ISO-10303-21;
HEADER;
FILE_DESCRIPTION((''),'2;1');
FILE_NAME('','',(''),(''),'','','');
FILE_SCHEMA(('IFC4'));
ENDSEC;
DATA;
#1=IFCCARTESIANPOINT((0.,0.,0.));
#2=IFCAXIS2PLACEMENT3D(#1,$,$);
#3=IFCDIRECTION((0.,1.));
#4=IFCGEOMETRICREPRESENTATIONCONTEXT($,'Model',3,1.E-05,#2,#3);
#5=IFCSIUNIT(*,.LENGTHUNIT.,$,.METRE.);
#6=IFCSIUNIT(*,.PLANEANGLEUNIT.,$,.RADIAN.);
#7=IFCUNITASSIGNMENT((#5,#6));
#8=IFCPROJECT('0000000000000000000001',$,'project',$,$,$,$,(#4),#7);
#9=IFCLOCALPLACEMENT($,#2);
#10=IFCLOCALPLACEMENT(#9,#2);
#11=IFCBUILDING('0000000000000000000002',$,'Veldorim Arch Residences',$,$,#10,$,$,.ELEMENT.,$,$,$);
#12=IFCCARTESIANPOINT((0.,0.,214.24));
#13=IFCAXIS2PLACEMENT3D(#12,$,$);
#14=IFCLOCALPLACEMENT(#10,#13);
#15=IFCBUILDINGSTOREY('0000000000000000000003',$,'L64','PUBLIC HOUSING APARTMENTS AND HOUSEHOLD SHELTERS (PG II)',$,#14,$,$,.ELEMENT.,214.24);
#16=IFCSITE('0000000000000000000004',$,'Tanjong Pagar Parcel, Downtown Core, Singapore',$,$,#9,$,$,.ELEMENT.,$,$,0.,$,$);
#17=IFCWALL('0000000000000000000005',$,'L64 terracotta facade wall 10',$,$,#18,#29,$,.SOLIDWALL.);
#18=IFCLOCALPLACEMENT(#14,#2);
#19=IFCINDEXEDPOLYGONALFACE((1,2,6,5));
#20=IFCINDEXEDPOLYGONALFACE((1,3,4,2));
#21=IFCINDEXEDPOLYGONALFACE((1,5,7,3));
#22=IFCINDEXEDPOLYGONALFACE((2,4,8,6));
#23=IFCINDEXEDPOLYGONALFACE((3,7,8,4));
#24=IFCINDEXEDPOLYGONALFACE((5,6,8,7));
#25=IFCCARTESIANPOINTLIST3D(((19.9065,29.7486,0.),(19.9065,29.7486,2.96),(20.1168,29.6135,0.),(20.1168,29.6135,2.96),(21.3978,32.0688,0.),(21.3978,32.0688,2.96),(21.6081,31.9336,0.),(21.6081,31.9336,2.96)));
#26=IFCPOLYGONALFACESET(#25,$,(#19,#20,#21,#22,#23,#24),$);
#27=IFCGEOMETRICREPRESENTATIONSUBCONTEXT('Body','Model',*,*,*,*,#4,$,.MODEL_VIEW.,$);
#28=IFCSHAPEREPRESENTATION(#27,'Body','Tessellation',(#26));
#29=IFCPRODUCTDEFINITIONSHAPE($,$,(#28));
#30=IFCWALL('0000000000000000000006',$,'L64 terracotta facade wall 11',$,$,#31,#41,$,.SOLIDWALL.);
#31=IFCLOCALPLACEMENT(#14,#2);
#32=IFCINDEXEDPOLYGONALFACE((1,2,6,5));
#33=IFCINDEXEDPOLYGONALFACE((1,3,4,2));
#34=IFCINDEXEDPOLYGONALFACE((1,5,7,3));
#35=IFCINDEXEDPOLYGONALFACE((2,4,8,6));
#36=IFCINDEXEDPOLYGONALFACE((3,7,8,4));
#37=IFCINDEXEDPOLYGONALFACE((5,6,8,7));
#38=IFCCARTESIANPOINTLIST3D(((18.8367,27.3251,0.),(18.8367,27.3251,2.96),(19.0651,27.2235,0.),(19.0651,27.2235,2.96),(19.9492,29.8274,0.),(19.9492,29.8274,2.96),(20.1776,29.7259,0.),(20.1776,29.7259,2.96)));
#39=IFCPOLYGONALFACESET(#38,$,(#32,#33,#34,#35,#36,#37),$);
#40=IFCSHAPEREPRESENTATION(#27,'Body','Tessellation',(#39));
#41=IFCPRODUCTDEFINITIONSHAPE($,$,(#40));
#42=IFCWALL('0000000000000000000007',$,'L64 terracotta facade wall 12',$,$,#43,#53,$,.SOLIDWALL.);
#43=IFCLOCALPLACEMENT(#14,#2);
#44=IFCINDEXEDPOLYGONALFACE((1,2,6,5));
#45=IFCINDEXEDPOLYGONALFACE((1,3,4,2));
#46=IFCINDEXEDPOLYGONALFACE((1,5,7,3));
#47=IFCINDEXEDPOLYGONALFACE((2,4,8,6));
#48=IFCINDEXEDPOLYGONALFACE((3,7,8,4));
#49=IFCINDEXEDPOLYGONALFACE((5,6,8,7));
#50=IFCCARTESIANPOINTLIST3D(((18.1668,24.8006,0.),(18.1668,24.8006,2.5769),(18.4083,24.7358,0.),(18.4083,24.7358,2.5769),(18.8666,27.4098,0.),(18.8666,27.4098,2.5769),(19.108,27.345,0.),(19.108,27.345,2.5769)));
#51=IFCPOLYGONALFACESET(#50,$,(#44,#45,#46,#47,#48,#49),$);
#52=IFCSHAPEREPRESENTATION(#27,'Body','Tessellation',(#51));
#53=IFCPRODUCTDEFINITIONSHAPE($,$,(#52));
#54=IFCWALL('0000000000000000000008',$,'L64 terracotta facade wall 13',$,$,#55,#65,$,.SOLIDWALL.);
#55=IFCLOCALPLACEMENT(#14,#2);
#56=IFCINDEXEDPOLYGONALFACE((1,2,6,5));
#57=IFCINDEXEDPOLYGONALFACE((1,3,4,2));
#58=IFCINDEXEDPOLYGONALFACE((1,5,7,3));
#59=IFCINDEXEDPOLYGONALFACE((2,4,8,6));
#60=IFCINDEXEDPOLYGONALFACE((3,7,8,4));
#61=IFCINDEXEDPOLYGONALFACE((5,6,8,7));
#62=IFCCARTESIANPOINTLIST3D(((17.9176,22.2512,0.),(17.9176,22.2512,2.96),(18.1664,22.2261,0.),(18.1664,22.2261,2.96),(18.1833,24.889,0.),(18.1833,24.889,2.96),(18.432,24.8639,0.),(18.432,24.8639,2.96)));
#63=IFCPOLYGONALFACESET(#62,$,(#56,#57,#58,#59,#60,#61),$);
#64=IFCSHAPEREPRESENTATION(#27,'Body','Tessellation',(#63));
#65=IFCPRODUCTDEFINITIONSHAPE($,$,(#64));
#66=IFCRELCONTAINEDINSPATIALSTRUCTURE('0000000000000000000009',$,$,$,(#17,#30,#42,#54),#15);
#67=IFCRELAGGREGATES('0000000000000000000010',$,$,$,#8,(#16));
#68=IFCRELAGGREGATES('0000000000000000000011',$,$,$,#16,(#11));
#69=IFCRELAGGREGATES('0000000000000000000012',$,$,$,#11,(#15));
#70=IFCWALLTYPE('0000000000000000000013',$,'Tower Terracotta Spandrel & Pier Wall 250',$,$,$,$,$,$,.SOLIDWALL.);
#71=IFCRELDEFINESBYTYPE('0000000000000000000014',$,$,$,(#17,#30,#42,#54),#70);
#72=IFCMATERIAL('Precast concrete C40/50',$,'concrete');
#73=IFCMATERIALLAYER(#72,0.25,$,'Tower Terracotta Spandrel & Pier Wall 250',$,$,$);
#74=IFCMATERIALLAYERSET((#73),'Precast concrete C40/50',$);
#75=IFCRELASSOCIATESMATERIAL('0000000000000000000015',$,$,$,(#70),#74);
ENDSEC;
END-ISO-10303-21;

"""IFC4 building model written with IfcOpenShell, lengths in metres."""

from ifc_helpers import new_model, si_unit, direction, frame, frame_2d, origin, place, context, subcontext, project, spatial, rectangle, extrude, material, layer, layer_set, type_object, element, save


model = new_model("IFC4")

# Units and contexts
model_context = context("Model", 3, precision=1e-05, world=origin(), true_north=direction((0.0, 1.0)))
body_context = subcontext(model_context, "Body", "Model", "MODEL_VIEW")
ifc_project = project(units=[si_unit("LENGTHUNIT", "METRE"), si_unit("PLANEANGLEUNIT", "RADIAN")], contexts=[model_context])

# Site, building, storey
site_placement = place(None, origin())
site = spatial("IfcSite", under=ifc_project, at=site_placement, Name="Tanjong Pagar Parcel, Downtown Core, Singapore", CompositionType="ELEMENT", RefElevation=0.0)
building_placement = place(site_placement, origin())
building = spatial("IfcBuilding", under=site, at=building_placement, Name="Veldorim Arch Residences", CompositionType="ELEMENT")
storey_placement = place(building_placement, frame((0.0, 0.0, 214.24)))
storey = spatial("IfcBuildingStorey", under=building, at=storey_placement, Name="L64", Description="PUBLIC HOUSING APARTMENTS AND HOUSEHOLD SHELTERS (PG II)", CompositionType="ELEMENT", Elevation=214.24)

# Walls
ifc_material_1 = material(Name="Precast concrete C40/50", Category="concrete")
ifc_layer_1 = layer(ifc_material_1, 0.25, Name="Tower Terracotta Spandrel & Pier Wall 250")
ifc_layer_set_1 = layer_set([ifc_layer_1], Name="Precast concrete C40/50")
wall_type_1 = type_object("IfcWallType", Name="Tower Terracotta Spandrel & Pier Wall 250", PredefinedType="SOLIDWALL", material=ifc_layer_set_1)
wall_1_placement = place(storey_placement, frame((20.0117, 29.6812, 0.0), z_axis=(0.0, 0.0, 1.0), x_axis=(0.54069, 0.841222, 0.0)))
element("IfcWall", 1, at=wall_1_placement, inside=storey, type_object=wall_type_1, Name="L64 terracotta facade wall 10", PredefinedType="SOLIDWALL", context=body_context, shape_type="SweptSolid", body=[
    extrude(rectangle(XDim=2.7581, YDim=0.25, at=frame_2d((1.3789, 0.0))), origin(), (0.0, 0.0, 1.0), 2.96),
])
wall_2_placement = place(storey_placement, frame((18.9509, 27.2744, 0.0), z_axis=(0.0, 0.0, 1.0), x_axis=(0.406246, 0.913764, 0.0)))
element("IfcWall", 2, at=wall_2_placement, inside=storey, type_object=wall_type_1, Name="L64 terracotta facade wall 11", PredefinedType="SOLIDWALL", context=body_context, shape_type="SweptSolid", body=[
    extrude(rectangle(XDim=2.7385, YDim=0.25, at=frame_2d((1.3691, 0.0))), origin(), (0.0, 0.0, 1.0), 2.96),
])
wall_3_placement = place(storey_placement, frame((18.2876, 24.7683, 0.0), z_axis=(0.0, 0.0, 1.0), x_axis=(0.259024, 0.965871, 0.0)))
element("IfcWall", 3, at=wall_3_placement, inside=storey, type_object=wall_type_1, Name="L64 terracotta facade wall 12", PredefinedType="SOLIDWALL", context=body_context, shape_type="SweptSolid", body=[
    extrude(rectangle(XDim=2.7014, YDim=0.25, at=frame_2d((1.3506, 0.0))), origin(), (0.0, 0.0, 1.0), 2.5769),
])
wall_4_placement = place(storey_placement, frame((18.042, 22.2385, 0.0), z_axis=(0.0, 0.0, 1.0), x_axis=(0.100197, 0.994968, 0.0)))
element("IfcWall", 4, at=wall_4_placement, inside=storey, type_object=wall_type_1, Name="L64 terracotta facade wall 13", PredefinedType="SOLIDWALL", context=body_context, shape_type="SweptSolid", body=[
    extrude(rectangle(XDim=2.6511, YDim=0.25, at=frame_2d((1.3257, 0.0))), origin(), (0.0, 0.0, 1.0), 2.96),
])

save(model, "model.ifc")
